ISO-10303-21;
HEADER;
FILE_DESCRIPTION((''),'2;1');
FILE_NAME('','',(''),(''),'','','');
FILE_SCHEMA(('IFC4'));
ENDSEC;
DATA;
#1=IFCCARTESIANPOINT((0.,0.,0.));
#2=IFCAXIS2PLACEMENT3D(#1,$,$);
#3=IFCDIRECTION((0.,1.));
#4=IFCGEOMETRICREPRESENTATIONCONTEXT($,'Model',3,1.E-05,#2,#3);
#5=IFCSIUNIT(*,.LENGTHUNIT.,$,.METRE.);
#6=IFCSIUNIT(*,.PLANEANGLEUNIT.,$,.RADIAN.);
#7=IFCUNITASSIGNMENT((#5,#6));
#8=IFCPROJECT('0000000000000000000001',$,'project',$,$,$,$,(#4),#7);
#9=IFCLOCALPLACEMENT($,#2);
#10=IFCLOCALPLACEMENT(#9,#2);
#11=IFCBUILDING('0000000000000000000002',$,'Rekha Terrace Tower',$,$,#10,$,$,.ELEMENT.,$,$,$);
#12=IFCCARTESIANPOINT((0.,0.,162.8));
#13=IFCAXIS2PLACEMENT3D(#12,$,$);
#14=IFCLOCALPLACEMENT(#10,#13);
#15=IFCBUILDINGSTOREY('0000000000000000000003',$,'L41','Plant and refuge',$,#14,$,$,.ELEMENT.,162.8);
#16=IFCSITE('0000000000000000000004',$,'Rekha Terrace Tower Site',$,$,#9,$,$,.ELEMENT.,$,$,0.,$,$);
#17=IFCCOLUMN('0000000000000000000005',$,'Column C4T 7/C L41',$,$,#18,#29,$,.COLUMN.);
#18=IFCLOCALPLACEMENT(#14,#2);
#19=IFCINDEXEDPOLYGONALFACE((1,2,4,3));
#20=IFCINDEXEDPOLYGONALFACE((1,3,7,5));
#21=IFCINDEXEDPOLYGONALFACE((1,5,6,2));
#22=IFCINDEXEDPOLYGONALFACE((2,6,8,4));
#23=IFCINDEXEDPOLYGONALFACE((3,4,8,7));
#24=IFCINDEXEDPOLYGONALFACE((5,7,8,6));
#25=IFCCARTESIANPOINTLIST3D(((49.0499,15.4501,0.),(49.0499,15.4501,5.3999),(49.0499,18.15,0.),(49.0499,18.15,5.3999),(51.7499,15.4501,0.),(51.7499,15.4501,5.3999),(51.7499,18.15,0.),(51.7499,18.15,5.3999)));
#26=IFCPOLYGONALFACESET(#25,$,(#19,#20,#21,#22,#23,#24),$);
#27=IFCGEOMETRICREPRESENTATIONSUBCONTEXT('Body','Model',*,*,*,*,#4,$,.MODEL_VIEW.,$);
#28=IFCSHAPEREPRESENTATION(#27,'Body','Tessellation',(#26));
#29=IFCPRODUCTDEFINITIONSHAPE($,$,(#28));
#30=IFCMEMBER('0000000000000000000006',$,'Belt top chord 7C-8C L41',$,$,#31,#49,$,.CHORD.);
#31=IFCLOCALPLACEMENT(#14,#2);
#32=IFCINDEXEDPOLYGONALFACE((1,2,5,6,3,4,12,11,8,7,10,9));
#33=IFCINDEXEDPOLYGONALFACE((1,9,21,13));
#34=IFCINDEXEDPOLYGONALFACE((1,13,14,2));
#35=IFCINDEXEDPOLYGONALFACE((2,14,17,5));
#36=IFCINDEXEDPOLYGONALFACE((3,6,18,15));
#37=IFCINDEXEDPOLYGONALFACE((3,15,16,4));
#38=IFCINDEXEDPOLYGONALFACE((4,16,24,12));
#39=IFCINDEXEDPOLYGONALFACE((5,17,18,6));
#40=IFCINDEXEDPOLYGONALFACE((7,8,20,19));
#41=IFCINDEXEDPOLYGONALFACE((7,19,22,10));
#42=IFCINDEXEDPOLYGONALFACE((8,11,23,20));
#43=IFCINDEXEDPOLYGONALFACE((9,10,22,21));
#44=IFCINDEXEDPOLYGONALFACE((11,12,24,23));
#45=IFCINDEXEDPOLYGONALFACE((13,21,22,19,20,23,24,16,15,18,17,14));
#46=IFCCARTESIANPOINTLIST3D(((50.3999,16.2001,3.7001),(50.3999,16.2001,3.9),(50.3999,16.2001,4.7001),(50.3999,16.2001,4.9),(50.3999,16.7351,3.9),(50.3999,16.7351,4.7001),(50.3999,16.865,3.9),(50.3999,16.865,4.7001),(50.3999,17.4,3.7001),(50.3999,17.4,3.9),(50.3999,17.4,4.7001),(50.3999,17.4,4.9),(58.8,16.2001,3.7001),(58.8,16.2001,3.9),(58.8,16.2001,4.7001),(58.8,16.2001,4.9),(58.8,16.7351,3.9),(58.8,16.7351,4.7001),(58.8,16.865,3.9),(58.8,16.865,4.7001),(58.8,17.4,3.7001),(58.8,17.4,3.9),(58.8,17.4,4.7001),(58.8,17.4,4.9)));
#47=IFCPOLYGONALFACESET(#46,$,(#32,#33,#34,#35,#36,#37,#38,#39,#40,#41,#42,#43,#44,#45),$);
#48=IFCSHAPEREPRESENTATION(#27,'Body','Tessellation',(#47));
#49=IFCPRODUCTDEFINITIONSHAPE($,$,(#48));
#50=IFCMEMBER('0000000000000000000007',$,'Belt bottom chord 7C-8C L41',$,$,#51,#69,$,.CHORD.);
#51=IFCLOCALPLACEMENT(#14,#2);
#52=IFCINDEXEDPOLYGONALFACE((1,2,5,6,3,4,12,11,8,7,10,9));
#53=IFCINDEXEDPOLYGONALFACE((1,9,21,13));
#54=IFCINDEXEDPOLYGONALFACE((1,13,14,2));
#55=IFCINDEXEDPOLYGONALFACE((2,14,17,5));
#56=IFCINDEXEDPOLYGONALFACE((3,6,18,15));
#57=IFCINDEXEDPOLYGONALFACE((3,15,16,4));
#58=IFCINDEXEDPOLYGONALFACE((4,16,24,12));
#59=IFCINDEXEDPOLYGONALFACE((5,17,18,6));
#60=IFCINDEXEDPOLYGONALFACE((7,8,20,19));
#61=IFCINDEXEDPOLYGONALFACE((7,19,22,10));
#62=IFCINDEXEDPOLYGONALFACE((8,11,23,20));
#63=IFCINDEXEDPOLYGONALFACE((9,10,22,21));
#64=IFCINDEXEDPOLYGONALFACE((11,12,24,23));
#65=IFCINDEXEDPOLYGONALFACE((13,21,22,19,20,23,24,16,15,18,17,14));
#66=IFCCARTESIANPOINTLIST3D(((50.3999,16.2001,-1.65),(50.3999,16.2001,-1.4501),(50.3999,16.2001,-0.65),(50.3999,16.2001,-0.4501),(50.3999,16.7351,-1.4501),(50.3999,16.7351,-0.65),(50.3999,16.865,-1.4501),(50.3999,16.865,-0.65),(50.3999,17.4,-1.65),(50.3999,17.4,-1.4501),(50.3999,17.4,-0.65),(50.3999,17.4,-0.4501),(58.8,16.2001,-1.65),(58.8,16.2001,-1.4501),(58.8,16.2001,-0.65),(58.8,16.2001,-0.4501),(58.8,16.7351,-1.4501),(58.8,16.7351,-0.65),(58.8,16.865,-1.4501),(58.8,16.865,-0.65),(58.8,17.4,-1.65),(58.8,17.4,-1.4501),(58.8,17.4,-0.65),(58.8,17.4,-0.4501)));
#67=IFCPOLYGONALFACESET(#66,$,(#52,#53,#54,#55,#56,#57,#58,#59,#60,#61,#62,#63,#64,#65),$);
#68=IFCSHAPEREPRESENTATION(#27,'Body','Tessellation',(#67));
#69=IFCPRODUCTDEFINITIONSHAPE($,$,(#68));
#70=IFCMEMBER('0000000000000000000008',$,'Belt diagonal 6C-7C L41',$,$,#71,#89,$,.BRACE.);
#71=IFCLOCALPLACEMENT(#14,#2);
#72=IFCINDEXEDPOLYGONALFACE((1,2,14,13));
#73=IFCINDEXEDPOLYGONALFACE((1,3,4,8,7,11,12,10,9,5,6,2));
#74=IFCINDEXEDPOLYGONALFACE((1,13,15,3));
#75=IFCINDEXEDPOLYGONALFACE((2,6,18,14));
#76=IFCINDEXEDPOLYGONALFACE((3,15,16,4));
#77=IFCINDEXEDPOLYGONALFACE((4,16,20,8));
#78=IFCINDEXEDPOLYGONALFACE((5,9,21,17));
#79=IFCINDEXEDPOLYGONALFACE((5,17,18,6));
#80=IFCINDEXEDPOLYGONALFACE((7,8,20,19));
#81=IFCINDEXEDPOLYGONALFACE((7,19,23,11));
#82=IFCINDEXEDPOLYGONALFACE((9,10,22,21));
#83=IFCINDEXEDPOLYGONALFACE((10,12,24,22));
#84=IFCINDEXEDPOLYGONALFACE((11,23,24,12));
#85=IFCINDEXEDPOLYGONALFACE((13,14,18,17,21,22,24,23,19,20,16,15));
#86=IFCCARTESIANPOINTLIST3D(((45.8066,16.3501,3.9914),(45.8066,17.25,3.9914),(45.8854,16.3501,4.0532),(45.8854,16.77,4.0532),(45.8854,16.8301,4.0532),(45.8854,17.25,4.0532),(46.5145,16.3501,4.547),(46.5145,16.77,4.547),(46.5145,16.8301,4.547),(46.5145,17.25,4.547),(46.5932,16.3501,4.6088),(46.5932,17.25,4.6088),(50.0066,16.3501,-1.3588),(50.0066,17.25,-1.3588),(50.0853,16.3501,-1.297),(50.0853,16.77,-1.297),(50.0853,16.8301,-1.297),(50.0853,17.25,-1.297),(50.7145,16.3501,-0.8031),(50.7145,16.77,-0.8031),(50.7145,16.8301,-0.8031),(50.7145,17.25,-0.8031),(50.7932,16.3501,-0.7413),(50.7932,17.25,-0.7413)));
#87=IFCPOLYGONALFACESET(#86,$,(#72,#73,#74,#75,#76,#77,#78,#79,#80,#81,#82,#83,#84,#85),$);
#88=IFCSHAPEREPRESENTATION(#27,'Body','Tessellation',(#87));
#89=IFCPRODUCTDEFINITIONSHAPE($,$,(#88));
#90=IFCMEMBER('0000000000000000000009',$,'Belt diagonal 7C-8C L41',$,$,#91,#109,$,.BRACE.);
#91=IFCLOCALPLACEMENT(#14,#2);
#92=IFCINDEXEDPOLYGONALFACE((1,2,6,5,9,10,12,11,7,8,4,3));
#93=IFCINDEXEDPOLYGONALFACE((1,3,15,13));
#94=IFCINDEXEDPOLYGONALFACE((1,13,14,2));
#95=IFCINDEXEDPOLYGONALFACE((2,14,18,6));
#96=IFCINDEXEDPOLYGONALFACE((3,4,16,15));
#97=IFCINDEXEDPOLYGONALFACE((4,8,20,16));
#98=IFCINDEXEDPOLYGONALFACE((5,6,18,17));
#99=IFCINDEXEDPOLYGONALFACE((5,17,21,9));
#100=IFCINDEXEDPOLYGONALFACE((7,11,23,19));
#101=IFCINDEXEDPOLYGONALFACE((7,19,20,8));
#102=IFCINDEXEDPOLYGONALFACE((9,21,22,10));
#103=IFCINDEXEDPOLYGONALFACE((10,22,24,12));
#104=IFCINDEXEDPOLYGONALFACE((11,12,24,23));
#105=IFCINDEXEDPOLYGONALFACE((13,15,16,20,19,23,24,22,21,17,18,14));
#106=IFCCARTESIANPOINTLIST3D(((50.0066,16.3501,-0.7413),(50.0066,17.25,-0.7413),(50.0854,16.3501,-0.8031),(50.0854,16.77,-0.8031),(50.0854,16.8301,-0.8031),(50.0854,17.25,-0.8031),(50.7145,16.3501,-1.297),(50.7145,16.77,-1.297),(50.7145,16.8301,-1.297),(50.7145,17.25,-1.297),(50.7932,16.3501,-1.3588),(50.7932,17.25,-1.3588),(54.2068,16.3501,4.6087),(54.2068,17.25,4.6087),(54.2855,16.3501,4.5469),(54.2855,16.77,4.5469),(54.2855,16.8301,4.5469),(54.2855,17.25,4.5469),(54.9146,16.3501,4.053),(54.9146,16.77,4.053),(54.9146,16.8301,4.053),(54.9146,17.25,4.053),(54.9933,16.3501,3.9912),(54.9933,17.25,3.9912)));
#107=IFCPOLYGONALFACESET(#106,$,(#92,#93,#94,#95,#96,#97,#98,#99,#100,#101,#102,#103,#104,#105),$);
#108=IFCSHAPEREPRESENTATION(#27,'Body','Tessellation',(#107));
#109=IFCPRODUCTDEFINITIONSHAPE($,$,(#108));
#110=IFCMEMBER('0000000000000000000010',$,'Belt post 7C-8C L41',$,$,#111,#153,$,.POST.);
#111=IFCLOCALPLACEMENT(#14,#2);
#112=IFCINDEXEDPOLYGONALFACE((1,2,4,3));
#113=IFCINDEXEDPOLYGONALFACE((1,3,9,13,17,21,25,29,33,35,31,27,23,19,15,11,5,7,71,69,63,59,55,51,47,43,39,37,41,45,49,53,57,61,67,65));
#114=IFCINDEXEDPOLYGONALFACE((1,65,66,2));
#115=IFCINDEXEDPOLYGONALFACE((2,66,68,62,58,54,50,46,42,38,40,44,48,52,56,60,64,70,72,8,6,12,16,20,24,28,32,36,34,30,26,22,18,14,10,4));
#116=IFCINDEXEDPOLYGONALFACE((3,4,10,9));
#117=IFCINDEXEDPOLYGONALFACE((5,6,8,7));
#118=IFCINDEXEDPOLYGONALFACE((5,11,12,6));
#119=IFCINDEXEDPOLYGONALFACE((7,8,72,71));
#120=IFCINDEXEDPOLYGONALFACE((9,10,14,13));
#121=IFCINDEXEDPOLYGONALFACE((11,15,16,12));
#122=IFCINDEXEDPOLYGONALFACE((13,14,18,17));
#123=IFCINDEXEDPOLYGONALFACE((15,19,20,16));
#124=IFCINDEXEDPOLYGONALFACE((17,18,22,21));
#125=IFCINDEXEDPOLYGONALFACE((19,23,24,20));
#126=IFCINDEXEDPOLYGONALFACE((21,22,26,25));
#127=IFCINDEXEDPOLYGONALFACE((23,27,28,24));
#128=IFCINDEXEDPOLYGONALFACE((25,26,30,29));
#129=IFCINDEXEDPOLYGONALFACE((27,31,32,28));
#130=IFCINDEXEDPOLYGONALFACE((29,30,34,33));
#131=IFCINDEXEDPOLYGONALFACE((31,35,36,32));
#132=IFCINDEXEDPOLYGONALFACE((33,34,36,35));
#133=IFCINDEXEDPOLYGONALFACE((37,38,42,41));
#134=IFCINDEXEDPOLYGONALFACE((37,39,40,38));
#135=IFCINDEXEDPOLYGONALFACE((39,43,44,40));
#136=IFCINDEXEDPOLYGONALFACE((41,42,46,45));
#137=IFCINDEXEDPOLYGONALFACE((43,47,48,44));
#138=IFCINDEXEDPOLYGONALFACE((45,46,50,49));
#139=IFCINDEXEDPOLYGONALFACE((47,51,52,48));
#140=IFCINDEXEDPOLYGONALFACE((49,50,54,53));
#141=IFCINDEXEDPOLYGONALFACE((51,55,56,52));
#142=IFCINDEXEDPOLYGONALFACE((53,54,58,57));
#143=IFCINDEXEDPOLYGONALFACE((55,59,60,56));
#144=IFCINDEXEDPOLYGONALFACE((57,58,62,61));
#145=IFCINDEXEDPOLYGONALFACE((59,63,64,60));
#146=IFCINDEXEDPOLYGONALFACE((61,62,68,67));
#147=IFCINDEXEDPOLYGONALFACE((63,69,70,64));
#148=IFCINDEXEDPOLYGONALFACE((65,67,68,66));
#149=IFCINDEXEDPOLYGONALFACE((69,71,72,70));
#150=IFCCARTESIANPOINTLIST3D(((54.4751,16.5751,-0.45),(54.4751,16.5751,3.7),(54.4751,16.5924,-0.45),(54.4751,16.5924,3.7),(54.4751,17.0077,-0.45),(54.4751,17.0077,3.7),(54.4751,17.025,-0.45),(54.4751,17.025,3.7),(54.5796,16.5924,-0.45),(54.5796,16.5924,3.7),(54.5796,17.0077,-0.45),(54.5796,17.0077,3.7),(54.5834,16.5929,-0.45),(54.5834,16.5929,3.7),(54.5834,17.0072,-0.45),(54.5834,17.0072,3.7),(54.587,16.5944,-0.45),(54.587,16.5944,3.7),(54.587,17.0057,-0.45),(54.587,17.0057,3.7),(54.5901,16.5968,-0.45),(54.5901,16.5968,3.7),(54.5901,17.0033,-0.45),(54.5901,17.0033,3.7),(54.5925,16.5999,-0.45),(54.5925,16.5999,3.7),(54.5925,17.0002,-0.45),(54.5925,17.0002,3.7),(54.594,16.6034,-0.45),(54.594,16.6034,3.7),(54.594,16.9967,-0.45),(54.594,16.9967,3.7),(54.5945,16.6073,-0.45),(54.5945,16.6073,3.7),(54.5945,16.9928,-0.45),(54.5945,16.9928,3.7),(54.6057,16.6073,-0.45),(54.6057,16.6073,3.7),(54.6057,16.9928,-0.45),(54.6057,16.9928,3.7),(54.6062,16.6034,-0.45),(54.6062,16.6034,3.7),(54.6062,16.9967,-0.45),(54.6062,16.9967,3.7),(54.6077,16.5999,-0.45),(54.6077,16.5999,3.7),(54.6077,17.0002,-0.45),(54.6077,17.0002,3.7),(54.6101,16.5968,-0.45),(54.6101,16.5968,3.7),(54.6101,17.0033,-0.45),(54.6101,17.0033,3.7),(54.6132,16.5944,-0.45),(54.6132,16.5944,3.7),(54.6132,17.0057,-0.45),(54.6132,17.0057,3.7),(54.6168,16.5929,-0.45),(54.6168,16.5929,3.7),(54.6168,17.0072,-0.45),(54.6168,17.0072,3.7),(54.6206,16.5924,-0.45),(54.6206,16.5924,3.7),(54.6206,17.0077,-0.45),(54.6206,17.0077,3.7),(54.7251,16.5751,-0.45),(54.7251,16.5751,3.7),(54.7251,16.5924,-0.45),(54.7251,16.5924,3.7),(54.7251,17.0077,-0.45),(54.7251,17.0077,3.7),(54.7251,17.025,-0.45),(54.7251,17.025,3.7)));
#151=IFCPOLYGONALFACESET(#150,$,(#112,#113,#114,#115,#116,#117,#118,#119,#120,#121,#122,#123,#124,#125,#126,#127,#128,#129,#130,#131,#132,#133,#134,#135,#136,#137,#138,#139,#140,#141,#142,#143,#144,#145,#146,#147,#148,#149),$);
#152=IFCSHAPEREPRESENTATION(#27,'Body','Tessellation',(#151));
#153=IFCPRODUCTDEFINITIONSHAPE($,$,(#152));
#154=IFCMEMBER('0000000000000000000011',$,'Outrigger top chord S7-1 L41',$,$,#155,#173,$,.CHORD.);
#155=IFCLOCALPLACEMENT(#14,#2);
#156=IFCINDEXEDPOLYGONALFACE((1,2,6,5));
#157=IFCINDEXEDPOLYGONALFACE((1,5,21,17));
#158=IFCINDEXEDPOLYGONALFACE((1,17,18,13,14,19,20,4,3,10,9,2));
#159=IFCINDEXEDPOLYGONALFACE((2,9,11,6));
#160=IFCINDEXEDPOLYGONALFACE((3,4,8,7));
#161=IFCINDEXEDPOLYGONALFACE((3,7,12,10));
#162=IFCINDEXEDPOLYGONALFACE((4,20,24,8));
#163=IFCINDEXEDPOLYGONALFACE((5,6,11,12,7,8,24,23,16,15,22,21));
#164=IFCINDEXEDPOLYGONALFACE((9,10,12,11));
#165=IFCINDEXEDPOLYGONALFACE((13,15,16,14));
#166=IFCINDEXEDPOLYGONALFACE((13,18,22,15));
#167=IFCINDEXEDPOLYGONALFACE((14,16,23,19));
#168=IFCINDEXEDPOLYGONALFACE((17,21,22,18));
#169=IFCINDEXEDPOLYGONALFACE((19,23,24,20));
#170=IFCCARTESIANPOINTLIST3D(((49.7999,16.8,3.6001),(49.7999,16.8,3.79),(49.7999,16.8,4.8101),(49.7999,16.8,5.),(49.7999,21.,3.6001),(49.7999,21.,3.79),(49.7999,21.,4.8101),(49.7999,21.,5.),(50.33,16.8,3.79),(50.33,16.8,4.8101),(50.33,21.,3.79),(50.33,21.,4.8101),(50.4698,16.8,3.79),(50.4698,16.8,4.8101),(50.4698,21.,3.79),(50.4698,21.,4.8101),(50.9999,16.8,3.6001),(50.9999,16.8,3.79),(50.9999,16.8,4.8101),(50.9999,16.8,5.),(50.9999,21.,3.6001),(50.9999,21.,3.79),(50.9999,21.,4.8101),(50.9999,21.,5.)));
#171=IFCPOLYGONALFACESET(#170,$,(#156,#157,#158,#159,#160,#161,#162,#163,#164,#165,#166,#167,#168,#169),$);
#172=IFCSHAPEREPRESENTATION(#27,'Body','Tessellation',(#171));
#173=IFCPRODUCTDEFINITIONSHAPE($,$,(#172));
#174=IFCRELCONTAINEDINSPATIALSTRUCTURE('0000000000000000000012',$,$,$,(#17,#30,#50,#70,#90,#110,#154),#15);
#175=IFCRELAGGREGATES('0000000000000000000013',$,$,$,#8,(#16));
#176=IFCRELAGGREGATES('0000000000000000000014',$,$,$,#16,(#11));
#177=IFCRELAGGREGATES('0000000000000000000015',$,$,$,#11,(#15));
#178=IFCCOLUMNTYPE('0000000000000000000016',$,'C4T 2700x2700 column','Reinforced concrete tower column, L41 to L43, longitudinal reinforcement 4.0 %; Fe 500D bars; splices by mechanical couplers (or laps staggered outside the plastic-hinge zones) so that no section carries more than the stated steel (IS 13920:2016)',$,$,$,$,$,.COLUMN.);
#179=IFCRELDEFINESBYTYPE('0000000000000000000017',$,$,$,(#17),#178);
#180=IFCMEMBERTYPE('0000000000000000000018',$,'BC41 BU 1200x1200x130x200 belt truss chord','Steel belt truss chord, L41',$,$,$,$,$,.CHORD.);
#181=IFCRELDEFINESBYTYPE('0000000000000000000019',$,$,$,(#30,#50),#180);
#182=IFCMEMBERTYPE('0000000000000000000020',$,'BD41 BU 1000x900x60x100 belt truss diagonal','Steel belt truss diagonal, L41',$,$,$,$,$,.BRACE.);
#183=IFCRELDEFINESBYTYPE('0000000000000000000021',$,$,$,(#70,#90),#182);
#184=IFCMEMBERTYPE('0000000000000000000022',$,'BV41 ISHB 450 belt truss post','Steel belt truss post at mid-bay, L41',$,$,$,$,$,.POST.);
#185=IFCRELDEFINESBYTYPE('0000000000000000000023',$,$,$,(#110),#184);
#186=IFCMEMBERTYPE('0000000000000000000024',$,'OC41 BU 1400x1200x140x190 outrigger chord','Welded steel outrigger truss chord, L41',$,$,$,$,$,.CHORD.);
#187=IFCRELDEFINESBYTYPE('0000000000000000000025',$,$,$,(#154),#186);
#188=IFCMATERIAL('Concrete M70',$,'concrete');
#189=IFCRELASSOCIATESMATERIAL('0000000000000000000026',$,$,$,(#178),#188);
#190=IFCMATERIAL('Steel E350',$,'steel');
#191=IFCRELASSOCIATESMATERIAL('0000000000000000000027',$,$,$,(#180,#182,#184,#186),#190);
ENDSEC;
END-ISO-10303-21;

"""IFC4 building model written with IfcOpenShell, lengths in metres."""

from ifc_helpers import new_model, si_unit, direction, frame, origin, origin_2d, place, context, subcontext, project, spatial, rectangle, i_section, extrude, material, material_profile, profile_set, type_object, element, save


model = new_model("IFC4")

# Units and contexts
model_context = context("Model", 3, precision=1e-05, world=origin(), true_north=direction((0.0, 1.0)))
body_context = subcontext(model_context, "Body", "Model", "MODEL_VIEW")
ifc_project = project(units=[si_unit("LENGTHUNIT", "METRE"), si_unit("PLANEANGLEUNIT", "RADIAN")], contexts=[model_context])

# Site, building, storey
site_placement = place(None, origin())
site = spatial("IfcSite", under=ifc_project, at=site_placement, Name="Rekha Terrace Tower Site", CompositionType="ELEMENT", RefElevation=0.0)
building_placement = place(site_placement, origin())
building = spatial("IfcBuilding", under=site, at=building_placement, Name="Rekha Terrace Tower", CompositionType="ELEMENT")
storey_placement = place(building_placement, frame((0.0, 0.0, 162.8)))
storey = spatial("IfcBuildingStorey", under=building, at=storey_placement, Name="L41", Description="Plant and refuge", CompositionType="ELEMENT", Elevation=162.8)

# Column
ifc_material_1 = material(Name="Concrete M70", Category="concrete")
ifc_material_profile_1 = material_profile(ifc_material_1, rectangle(XDim=2.7, YDim=2.7, at=origin_2d()), Name="RC 2700x2700")
ifc_profile_set_1 = profile_set([ifc_material_profile_1], Name="Concrete M70")
column_type = type_object("IfcColumnType", Name="C4T 2700x2700 column", Description="Reinforced concrete tower column, L41 to L43, longitudinal reinforcement 4.0 %; Fe 500D bars; splices by mechanical couplers (or laps staggered outside the plastic-hinge zones) so that no section carries more than the stated steel (IS 13920:2016)", PredefinedType="COLUMN", material=ifc_profile_set_1)
column_placement = place(storey_placement, frame((50.3999, 16.8, 0.0), z_axis=(0.0, 0.0, 1.0), x_axis=(1.0, 0.0, 0.0)))
element("IfcColumn", 1, at=column_placement, inside=storey, type_object=column_type, Name="Column C4T 7/C L41", PredefinedType="COLUMN", context=body_context, shape_type="SweptSolid", body=[
    extrude(rectangle(XDim=2.7, YDim=2.7, at=origin_2d()), origin(), (0.0, 0.0, 1.0), 5.3999),
])

# Members
ifc_material_2 = material(Name="Steel E350", Category="steel")
ifc_material_profile_2 = material_profile(ifc_material_2, i_section(OverallWidth=1.2, OverallDepth=1.2, WebThickness=0.1299, FlangeThickness=0.2, at=origin_2d()), Name="BU 1200x1200x130x200")
ifc_profile_set_2 = profile_set([ifc_material_profile_2], Name="Steel E350")
member_type_1 = type_object("IfcMemberType", Name="BC41 BU 1200x1200x130x200 belt truss chord", Description="Steel belt truss chord, L41", PredefinedType="CHORD", material=ifc_profile_set_2)
for number, where, z_axis, x_axis, name in (
    (2, (50.3999, 16.8, 4.3), (1.0, 0.0, 0.0), (0.0, 1.0, 0.0), "Belt top chord 7C-8C L41"),
    (3, (50.3999, 16.8, -1.05), (1.0, 0.0, 0.0), (0.0, 1.0, 0.0), "Belt bottom chord 7C-8C L41"),
):
    element("IfcMember", number, at=place(storey_placement, frame(where, z_axis=z_axis, x_axis=x_axis)), inside=storey, type_object=member_type_1, Name=name, PredefinedType="CHORD", context=body_context, shape_type="SweptSolid", body=[
        extrude(i_section(OverallWidth=1.2, OverallDepth=1.2, WebThickness=0.1299, FlangeThickness=0.2, at=origin_2d()), origin(), (0.0, 0.0, 1.0), 8.4001),
    ])
ifc_material_profile_3 = material_profile(ifc_material_2, i_section(OverallWidth=0.8999, OverallDepth=1.0, WebThickness=0.0601, FlangeThickness=0.1001, at=origin_2d()), Name="BU 1000x900x60x100")
ifc_profile_set_3 = profile_set([ifc_material_profile_3], Name="Steel E350")
member_type_2 = type_object("IfcMemberType", Name="BD41 BU 1000x900x60x100 belt truss diagonal", Description="Steel belt truss diagonal, L41", PredefinedType="BRACE", material=ifc_profile_set_3)
for number, where, z_axis, x_axis, name in (
    (4, (50.3999, 16.8, -1.05), (-0.617485, 0.0, 0.786582), (0.0, -1.0, 0.0), "Belt diagonal 6C-7C L41"),
    (5, (50.3999, 16.8, -1.05), (0.617508, 0.0, 0.786565), (0.0, 1.0, 0.0), "Belt diagonal 7C-8C L41"),
):
    element("IfcMember", number, at=place(storey_placement, frame(where, z_axis=z_axis, x_axis=x_axis)), inside=storey, type_object=member_type_2, Name=name, PredefinedType="BRACE", context=body_context, shape_type="SweptSolid", body=[
        extrude(i_section(OverallWidth=0.8999, OverallDepth=1.0, WebThickness=0.0601, FlangeThickness=0.1001, at=origin_2d()), origin(), (0.0, 0.0, 1.0), 6.8018),
    ])
ifc_material_profile_4 = material_profile(ifc_material_2, i_section(OverallWidth=0.25, OverallDepth=0.45, WebThickness=0.0112, FlangeThickness=0.0173, FilletRadius=0.0149, at=origin_2d()), Name="ISHB 450")
ifc_profile_set_4 = profile_set([ifc_material_profile_4], Name="Steel E350")
member_type_3 = type_object("IfcMemberType", Name="BV41 ISHB 450 belt truss post", Description="Steel belt truss post at mid-bay, L41", PredefinedType="POST", material=ifc_profile_set_4)
member_1_placement = place(storey_placement, frame((54.6001, 16.8, -0.45), z_axis=(0.0, 0.0, 1.0), x_axis=(1.0, 0.0, 0.0)))
element("IfcMember", 6, at=member_1_placement, inside=storey, type_object=member_type_3, Name="Belt post 7C-8C L41", PredefinedType="POST", context=body_context, shape_type="SweptSolid", body=[
    extrude(i_section(OverallWidth=0.25, OverallDepth=0.45, WebThickness=0.0112, FlangeThickness=0.0173, FilletRadius=0.0149, at=origin_2d()), origin(), (0.0, 0.0, 1.0), 4.1499),
])
ifc_material_profile_5 = material_profile(ifc_material_2, i_section(OverallWidth=1.2, OverallDepth=1.3999, WebThickness=0.1399, FlangeThickness=0.1899, at=origin_2d()), Name="BU 1400x1200x140x190")
ifc_profile_set_5 = profile_set([ifc_material_profile_5], Name="Steel E350")
member_type_4 = type_object("IfcMemberType", Name="OC41 BU 1400x1200x140x190 outrigger chord", Description="Welded steel outrigger truss chord, L41", PredefinedType="CHORD", material=ifc_profile_set_5)
member_2_placement = place(storey_placement, frame((50.3999, 21.0, 4.3), z_axis=(0.0, -1.0, 0.0), x_axis=(1.0, 0.0, 0.0)))
element("IfcMember", 7, at=member_2_placement, inside=storey, type_object=member_type_4, Name="Outrigger top chord S7-1 L41", PredefinedType="CHORD", context=body_context, shape_type="SweptSolid", body=[
    extrude(i_section(OverallWidth=1.2, OverallDepth=1.3999, WebThickness=0.1399, FlangeThickness=0.1899, at=origin_2d()), origin(), (0.0, 0.0, 1.0), 4.2),
])

save(model, "model.ifc")
